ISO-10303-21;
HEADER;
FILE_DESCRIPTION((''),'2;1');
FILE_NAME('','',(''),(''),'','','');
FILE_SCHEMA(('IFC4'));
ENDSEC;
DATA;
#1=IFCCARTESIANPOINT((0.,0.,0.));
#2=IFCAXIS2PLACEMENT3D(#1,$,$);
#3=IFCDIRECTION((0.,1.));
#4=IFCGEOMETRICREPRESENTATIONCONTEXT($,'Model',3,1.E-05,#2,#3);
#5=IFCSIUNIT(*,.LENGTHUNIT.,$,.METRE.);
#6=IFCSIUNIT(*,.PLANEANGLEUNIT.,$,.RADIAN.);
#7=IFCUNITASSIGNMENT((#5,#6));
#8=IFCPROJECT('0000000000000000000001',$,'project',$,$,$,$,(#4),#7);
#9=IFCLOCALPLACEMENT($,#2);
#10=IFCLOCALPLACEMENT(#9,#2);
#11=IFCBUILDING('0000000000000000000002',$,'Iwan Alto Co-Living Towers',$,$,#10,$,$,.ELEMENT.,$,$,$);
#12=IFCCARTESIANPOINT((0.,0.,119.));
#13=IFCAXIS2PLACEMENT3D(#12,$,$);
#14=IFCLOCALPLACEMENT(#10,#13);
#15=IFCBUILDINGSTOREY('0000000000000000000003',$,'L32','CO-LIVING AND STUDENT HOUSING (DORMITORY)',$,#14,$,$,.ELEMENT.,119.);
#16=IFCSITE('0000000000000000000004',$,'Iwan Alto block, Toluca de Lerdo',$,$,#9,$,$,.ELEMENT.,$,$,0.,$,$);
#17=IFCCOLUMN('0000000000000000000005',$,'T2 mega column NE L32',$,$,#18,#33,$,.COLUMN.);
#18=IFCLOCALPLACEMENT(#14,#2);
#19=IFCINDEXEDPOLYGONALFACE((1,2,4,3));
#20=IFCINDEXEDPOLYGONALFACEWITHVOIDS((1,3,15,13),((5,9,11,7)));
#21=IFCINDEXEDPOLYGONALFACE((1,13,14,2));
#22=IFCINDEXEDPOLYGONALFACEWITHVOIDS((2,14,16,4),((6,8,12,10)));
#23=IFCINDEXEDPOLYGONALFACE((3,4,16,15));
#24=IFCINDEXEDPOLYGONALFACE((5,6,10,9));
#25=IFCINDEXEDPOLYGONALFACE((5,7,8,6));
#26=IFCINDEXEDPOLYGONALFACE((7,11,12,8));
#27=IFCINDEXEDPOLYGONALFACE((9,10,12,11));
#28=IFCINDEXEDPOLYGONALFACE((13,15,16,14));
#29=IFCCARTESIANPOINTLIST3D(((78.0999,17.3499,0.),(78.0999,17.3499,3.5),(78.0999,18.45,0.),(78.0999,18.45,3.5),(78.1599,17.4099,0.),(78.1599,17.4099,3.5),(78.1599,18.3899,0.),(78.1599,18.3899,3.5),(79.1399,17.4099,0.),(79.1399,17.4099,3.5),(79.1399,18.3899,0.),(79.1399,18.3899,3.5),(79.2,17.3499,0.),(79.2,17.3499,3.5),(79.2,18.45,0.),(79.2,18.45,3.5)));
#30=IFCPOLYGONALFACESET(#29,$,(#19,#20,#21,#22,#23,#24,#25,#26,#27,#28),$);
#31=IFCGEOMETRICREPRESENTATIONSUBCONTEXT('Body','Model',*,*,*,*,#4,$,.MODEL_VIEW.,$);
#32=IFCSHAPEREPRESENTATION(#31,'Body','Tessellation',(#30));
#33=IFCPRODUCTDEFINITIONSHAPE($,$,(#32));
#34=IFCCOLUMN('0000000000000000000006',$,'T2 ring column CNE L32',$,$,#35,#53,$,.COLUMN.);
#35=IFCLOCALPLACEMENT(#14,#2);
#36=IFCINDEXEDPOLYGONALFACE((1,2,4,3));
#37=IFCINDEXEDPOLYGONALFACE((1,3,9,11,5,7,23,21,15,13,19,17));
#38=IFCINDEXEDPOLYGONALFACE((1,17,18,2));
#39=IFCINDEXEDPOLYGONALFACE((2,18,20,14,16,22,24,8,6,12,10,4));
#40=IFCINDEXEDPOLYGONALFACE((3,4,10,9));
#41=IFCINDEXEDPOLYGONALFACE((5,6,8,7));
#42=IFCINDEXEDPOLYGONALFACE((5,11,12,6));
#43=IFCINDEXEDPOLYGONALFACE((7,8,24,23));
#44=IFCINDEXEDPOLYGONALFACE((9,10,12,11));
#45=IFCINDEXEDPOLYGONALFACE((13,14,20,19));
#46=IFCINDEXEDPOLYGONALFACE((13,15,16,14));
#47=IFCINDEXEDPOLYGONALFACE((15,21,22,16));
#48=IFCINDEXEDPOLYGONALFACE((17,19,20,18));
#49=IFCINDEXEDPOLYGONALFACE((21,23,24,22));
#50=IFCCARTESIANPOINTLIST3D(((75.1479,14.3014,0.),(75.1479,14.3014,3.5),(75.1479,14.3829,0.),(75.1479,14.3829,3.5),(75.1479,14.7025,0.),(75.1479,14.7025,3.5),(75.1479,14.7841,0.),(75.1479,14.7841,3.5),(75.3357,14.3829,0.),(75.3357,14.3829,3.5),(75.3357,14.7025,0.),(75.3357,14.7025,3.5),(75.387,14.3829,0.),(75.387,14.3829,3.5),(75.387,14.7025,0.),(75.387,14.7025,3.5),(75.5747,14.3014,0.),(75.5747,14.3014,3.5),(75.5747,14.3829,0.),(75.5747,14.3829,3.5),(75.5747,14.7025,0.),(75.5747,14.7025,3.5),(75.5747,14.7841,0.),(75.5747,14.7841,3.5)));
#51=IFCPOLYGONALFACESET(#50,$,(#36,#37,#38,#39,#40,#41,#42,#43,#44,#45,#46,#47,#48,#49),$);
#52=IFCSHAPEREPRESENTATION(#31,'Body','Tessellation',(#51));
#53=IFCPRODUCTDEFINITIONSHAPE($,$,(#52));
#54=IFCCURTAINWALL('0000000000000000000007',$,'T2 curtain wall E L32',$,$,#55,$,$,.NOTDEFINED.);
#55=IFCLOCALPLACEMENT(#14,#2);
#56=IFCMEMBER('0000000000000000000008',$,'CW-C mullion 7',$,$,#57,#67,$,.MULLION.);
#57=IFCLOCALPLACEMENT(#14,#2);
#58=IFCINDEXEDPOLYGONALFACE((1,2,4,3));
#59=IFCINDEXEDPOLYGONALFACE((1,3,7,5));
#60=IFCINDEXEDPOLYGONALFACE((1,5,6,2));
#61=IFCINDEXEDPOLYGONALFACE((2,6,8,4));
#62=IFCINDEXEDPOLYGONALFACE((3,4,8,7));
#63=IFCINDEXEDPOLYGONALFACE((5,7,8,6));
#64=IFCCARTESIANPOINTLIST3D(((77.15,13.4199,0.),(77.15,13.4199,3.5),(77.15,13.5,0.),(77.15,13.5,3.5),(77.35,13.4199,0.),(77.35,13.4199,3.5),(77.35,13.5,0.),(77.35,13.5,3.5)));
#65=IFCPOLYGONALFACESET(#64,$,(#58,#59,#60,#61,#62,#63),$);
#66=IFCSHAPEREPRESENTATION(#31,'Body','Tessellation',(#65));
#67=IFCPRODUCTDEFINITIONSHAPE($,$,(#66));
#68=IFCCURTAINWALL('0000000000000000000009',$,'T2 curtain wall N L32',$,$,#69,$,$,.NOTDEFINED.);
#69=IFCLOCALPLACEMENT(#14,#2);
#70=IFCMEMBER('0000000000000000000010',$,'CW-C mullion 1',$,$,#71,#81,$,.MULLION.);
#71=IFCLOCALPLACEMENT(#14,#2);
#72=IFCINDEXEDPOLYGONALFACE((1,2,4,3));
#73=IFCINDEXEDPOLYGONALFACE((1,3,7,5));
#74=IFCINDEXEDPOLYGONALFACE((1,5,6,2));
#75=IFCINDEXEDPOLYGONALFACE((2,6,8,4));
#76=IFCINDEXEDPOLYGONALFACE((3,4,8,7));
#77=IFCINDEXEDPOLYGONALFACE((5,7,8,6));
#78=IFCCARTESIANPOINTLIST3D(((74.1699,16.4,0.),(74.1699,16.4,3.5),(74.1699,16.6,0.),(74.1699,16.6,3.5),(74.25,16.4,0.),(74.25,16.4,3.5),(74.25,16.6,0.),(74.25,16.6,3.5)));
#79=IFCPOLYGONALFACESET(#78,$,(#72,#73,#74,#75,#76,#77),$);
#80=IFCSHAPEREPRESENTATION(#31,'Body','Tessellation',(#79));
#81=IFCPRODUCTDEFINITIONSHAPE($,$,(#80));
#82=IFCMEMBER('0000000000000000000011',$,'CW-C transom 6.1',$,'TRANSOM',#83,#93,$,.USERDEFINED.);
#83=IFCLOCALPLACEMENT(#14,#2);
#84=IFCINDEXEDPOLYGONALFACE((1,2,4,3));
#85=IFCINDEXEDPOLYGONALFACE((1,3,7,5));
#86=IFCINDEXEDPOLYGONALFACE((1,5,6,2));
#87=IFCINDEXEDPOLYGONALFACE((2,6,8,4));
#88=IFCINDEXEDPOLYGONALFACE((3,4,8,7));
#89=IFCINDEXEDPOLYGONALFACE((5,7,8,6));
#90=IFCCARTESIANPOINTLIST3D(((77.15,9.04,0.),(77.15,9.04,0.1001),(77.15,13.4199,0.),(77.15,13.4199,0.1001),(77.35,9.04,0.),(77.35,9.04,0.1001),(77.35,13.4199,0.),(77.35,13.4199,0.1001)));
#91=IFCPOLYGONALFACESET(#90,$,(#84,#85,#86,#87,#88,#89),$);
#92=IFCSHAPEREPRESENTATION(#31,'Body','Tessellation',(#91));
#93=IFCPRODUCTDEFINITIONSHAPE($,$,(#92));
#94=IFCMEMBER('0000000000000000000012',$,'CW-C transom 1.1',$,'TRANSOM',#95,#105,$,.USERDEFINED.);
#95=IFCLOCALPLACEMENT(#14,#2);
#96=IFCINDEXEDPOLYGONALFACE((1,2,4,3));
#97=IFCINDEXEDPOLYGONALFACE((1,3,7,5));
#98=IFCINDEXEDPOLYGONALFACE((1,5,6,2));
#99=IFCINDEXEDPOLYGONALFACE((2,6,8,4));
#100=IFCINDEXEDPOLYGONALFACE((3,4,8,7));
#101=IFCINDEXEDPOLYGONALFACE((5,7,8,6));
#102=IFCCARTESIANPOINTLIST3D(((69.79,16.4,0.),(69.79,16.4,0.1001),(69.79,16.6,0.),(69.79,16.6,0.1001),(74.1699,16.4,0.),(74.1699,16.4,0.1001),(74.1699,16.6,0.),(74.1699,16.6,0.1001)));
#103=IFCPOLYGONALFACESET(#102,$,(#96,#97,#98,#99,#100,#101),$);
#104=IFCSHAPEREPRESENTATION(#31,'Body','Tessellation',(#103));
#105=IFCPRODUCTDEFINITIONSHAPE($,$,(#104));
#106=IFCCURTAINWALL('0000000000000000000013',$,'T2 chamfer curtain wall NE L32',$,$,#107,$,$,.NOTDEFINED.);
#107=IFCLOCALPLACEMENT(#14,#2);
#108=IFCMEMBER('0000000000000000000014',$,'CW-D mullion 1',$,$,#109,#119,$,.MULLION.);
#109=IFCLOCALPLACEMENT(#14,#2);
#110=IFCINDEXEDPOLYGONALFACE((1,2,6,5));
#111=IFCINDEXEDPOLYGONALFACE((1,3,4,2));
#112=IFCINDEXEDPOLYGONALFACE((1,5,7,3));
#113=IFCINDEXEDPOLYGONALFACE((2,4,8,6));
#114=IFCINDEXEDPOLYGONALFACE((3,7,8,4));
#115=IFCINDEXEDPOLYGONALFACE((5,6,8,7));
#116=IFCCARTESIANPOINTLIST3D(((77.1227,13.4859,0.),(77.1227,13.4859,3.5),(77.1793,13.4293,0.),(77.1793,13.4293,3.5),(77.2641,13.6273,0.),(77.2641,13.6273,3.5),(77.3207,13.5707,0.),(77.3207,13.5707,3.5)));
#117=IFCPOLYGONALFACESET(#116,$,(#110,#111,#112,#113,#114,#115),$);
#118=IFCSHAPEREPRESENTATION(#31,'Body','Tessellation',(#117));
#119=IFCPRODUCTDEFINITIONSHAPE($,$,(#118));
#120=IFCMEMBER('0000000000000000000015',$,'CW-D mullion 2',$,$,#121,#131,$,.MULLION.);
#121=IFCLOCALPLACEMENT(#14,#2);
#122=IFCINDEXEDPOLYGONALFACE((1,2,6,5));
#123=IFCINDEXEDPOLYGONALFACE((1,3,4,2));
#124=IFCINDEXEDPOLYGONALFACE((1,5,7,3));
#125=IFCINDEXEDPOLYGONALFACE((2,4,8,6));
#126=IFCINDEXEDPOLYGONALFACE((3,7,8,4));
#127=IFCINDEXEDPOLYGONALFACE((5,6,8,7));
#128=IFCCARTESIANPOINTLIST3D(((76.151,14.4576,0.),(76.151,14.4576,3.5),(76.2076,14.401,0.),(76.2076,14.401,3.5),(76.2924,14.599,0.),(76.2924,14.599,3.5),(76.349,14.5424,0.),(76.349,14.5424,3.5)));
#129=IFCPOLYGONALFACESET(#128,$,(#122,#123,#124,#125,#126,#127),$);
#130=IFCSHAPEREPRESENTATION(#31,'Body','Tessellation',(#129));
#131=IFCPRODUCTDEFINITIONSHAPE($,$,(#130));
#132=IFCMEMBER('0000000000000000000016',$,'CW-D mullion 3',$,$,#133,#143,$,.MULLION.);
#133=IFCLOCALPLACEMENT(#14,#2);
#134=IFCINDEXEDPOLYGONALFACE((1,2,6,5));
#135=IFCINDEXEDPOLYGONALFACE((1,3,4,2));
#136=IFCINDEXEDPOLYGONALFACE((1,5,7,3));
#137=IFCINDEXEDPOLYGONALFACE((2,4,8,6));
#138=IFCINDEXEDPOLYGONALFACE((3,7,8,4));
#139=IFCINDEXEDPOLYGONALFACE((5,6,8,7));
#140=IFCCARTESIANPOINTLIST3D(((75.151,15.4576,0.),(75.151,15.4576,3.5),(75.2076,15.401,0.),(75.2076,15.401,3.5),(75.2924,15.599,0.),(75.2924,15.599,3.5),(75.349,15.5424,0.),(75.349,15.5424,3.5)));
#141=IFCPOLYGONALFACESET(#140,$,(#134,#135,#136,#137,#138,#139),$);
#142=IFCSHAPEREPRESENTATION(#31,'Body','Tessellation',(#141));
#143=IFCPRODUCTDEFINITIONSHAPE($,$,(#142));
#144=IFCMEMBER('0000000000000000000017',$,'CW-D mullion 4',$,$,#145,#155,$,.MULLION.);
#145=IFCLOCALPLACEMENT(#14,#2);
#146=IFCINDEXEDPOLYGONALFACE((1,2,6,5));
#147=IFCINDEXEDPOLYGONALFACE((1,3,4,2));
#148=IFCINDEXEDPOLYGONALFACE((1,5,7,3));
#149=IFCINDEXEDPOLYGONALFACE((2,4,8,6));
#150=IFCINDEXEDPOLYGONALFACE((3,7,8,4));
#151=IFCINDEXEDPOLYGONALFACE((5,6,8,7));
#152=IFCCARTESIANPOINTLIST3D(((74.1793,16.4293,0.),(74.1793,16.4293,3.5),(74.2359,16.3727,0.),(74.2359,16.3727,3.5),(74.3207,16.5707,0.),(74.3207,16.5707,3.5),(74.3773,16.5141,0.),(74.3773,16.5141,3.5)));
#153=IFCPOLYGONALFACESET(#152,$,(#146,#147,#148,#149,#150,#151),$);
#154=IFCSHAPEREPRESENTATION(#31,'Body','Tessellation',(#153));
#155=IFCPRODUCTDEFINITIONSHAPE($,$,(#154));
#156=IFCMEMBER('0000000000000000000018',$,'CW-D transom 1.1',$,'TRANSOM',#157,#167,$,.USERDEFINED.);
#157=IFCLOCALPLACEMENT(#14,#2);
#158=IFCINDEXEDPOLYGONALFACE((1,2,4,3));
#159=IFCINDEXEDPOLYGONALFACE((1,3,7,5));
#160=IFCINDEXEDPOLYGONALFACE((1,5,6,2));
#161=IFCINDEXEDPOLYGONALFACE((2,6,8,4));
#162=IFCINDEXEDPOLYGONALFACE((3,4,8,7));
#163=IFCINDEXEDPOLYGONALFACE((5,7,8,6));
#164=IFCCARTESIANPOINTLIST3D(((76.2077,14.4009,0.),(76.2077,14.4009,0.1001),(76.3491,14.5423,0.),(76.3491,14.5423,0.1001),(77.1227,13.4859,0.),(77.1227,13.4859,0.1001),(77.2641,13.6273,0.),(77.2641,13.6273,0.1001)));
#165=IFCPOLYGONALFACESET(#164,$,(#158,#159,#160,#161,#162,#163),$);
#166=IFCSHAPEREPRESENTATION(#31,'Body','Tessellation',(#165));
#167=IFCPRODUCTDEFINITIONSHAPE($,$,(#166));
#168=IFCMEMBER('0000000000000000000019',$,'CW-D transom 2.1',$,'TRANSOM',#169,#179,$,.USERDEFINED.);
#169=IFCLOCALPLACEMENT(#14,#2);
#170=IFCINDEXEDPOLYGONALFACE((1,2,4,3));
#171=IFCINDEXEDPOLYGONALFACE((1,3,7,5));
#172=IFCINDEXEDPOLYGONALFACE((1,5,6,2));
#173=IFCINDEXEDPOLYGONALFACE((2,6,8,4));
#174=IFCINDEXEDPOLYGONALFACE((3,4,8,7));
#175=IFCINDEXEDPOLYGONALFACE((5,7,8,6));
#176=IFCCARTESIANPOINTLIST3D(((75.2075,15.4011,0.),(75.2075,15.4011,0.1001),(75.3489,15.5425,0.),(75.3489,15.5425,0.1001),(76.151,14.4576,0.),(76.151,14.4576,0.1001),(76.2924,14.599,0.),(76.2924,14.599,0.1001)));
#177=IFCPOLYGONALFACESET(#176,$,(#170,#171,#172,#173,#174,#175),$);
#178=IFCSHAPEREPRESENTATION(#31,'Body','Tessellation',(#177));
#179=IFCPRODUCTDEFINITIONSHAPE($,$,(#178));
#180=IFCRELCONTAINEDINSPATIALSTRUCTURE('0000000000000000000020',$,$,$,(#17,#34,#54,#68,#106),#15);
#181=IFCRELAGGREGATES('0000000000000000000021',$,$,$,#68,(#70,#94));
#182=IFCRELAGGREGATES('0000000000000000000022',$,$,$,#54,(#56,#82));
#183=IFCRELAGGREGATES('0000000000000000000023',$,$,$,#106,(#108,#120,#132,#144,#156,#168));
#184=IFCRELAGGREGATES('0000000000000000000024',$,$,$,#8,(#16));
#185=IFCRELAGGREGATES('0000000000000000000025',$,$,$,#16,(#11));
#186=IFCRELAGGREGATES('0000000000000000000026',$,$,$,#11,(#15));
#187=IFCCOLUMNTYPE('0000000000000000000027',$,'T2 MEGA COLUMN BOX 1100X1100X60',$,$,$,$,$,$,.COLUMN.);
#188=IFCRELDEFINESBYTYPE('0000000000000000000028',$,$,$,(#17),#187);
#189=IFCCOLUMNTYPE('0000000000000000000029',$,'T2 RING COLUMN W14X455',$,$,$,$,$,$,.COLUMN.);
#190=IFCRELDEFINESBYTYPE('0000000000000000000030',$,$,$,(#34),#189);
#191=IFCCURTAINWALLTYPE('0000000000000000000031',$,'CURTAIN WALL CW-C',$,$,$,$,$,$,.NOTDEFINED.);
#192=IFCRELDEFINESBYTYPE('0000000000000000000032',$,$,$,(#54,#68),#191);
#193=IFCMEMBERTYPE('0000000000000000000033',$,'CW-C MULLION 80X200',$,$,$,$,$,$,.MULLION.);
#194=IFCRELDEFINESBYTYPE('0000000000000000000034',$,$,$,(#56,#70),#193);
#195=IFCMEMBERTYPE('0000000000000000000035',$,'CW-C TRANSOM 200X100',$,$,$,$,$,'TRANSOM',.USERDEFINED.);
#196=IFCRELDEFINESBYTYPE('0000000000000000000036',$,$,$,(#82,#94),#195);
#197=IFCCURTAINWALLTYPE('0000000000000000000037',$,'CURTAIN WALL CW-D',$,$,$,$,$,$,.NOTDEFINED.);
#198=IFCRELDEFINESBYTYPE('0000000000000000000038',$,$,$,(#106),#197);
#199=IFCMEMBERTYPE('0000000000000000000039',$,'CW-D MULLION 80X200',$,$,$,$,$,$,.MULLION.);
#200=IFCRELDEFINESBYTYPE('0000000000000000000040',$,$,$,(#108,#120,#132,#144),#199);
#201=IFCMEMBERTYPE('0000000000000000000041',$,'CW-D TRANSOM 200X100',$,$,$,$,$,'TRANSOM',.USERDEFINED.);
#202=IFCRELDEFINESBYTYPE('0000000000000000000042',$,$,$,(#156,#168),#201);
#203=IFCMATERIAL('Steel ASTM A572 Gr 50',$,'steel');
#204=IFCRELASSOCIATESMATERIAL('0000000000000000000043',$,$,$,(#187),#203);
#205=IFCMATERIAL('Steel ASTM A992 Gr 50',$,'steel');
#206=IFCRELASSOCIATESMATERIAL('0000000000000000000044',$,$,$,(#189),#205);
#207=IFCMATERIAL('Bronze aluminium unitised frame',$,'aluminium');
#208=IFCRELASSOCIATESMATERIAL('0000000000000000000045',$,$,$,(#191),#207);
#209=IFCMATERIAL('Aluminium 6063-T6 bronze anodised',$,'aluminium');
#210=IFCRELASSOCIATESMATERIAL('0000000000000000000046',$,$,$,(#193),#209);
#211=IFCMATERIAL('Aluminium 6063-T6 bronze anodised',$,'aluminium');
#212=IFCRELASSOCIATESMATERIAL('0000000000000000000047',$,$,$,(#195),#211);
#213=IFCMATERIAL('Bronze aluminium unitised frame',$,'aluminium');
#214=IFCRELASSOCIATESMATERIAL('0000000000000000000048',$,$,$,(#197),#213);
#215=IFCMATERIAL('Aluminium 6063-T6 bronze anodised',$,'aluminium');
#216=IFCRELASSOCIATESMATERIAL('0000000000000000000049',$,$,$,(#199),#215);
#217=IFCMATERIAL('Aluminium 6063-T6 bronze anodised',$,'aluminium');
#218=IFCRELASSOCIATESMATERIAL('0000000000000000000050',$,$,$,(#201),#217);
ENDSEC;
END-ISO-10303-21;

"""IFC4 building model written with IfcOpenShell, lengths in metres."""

from ifc_helpers import new_model, si_unit, direction, frame, origin, origin_2d, place, context, subcontext, project, spatial, rectangle, hollow_rectangle, i_section, extrude, material, material_profile, profile_set, type_object, element, aggregate, save


model = new_model("IFC4")

# Units and contexts
model_context = context("Model", 3, precision=1e-05, world=origin(), true_north=direction((0.0, 1.0)))
body_context = subcontext(model_context, "Body", "Model", "MODEL_VIEW")
ifc_project = project(units=[si_unit("LENGTHUNIT", "METRE"), si_unit("PLANEANGLEUNIT", "RADIAN")], contexts=[model_context])

# Site, building, storey
site_placement = place(None, origin())
site = spatial("IfcSite", under=ifc_project, at=site_placement, Name="Iwan Alto block, Toluca de Lerdo", CompositionType="ELEMENT", RefElevation=0.0)
building_placement = place(site_placement, origin())
building = spatial("IfcBuilding", under=site, at=building_placement, Name="Iwan Alto Co-Living Towers", CompositionType="ELEMENT")
storey_placement = place(building_placement, frame((0.0, 0.0, 119.0)))
storey = spatial("IfcBuildingStorey", under=building, at=storey_placement, Name="L32", Description="CO-LIVING AND STUDENT HOUSING (DORMITORY)", CompositionType="ELEMENT", Elevation=119.0)

# Columns
ifc_material_1 = material(Name="Steel ASTM A572 Gr 50", Category="steel")
ifc_material_profile_1 = material_profile(ifc_material_1, hollow_rectangle(XDim=1.1001, YDim=1.1001, WallThickness=0.0601, at=origin_2d()), Name="BOX 1100X1100X60")
ifc_profile_set_1 = profile_set([ifc_material_profile_1], Name="Steel ASTM A572 Gr 50")
column_type_1 = type_object("IfcColumnType", Name="T2 MEGA COLUMN BOX 1100X1100X60", PredefinedType="COLUMN", material=ifc_profile_set_1)
column_1_placement = place(storey_placement, frame((78.6499, 17.8999, 0.0), z_axis=(0.0, 0.0, 1.0), x_axis=(1.0, 0.0, 0.0)))
element("IfcColumn", 1, at=column_1_placement, inside=storey, type_object=column_type_1, Name="T2 mega column NE L32", PredefinedType="COLUMN", context=body_context, shape_type="SweptSolid", body=[
    extrude(hollow_rectangle(XDim=1.1001, YDim=1.1001, WallThickness=0.0601, at=origin_2d()), origin(), (0.0, 0.0, 1.0), 3.5),
])
ifc_material_2 = material(Name="Steel ASTM A992 Gr 50", Category="steel")
ifc_material_profile_2 = material_profile(ifc_material_2, i_section(OverallWidth=0.4268, OverallDepth=0.4827, WebThickness=0.0513, FlangeThickness=0.0815, at=origin_2d()), Name="W14X455")
ifc_profile_set_2 = profile_set([ifc_material_profile_2], Name="Steel ASTM A992 Gr 50")
column_type_2 = type_object("IfcColumnType", Name="T2 RING COLUMN W14X455", PredefinedType="COLUMN", material=ifc_profile_set_2)
column_2_placement = place(storey_placement, frame((75.3613, 14.5427, 0.0), z_axis=(0.0, 0.0, 1.0), x_axis=(1.0, 0.0, 0.0)))
element("IfcColumn", 2, at=column_2_placement, inside=storey, type_object=column_type_2, Name="T2 ring column CNE L32", PredefinedType="COLUMN", context=body_context, shape_type="SweptSolid", body=[
    extrude(i_section(OverallWidth=0.4268, OverallDepth=0.4827, WebThickness=0.0513, FlangeThickness=0.0815, at=origin_2d()), origin(), (0.0, 0.0, 1.0), 3.5),
])

# Curtain walls, members
ifc_material_3 = material(Name="Bronze aluminium unitised frame", Category="aluminium")
curtain_wall_type_1 = type_object("IfcCurtainWallType", Name="CURTAIN WALL CW-C", PredefinedType="NOTDEFINED", material=ifc_material_3)
curtain_wall_1_placement = place(storey_placement, origin())
curtain_wall_1 = element("IfcCurtainWall", 3, at=curtain_wall_1_placement, inside=storey, type_object=curtain_wall_type_1, Name="T2 curtain wall E L32", PredefinedType="NOTDEFINED")
ifc_material_4 = material(Name="Aluminium 6063-T6 bronze anodised", Category="aluminium")
ifc_material_profile_3 = material_profile(ifc_material_4, rectangle(XDim=0.2, YDim=0.0801, at=origin_2d()), Name="AL 80X200")
ifc_profile_set_3 = profile_set([ifc_material_profile_3], Name="Aluminium 6063-T6 bronze anodised")
member_type_1 = type_object("IfcMemberType", Name="CW-C MULLION 80X200", PredefinedType="MULLION", material=ifc_profile_set_3)
member_1_placement = place(storey_placement, frame((77.25, 13.46, 0.0), z_axis=(0.0, 0.0, 1.0), x_axis=(-1.0, 0.0, 0.0)))
member_1 = element("IfcMember", 4, at=member_1_placement, type_object=member_type_1, Name="CW-C mullion 7", PredefinedType="MULLION", context=body_context, shape_type="SweptSolid", body=[
    extrude(rectangle(XDim=0.2, YDim=0.0801, at=origin_2d()), origin(), (0.0, 0.0, 1.0), 3.5),
])
curtain_wall_2_placement = place(storey_placement, origin())
curtain_wall_2 = element("IfcCurtainWall", 5, at=curtain_wall_2_placement, inside=storey, type_object=curtain_wall_type_1, Name="T2 curtain wall N L32", PredefinedType="NOTDEFINED")
member_2_placement = place(storey_placement, frame((74.21, 16.5, 0.0), z_axis=(0.0, 0.0, 1.0), x_axis=(0.0, -1.0, 0.0)))
member_2 = element("IfcMember", 6, at=member_2_placement, type_object=member_type_1, Name="CW-C mullion 1", PredefinedType="MULLION", context=body_context, shape_type="SweptSolid", body=[
    extrude(rectangle(XDim=0.2, YDim=0.0801, at=origin_2d()), origin(), (0.0, 0.0, 1.0), 3.5),
])

# Members
ifc_material_5 = material(Name="Aluminium 6063-T6 bronze anodised", Category="aluminium")
ifc_material_profile_4 = material_profile(ifc_material_5, rectangle(XDim=0.2, YDim=0.1001, at=origin_2d()), Name="AL 200X100")
ifc_profile_set_4 = profile_set([ifc_material_profile_4], Name="Aluminium 6063-T6 bronze anodised")
member_type_2 = type_object("IfcMemberType", Name="CW-C TRANSOM 200X100", ElementType="TRANSOM", PredefinedType="USERDEFINED", material=ifc_profile_set_4)
member_3_placement = place(storey_placement, frame((77.25, 9.04, 0.05), z_axis=(0.0, 1.0, 0.0), x_axis=(-1.0, 0.0, 0.0)))
member_3 = element("IfcMember", 7, at=member_3_placement, type_object=member_type_2, Name="CW-C transom 6.1", ObjectType="TRANSOM", PredefinedType="USERDEFINED", context=body_context, shape_type="SweptSolid", body=[
    extrude(rectangle(XDim=0.2, YDim=0.1001, at=origin_2d()), origin(), (0.0, 0.0, 1.0), 4.3799),
])
member_4_placement = place(storey_placement, frame((74.1699, 16.5, 0.05), z_axis=(-1.0, 0.0, 0.0), x_axis=(0.0, -1.0, 0.0)))
member_4 = element("IfcMember", 8, at=member_4_placement, type_object=member_type_2, Name="CW-C transom 1.1", ObjectType="TRANSOM", PredefinedType="USERDEFINED", context=body_context, shape_type="SweptSolid", body=[
    extrude(rectangle(XDim=0.2, YDim=0.1001, at=origin_2d()), origin(), (0.0, 0.0, 1.0), 4.3799),
])
aggregate(curtain_wall_2, [member_2, member_4])

# Curtain wall, members
ifc_material_6 = material(Name="Bronze aluminium unitised frame", Category="aluminium")
curtain_wall_type_2 = type_object("IfcCurtainWallType", Name="CURTAIN WALL CW-D", PredefinedType="NOTDEFINED", material=ifc_material_6)
curtain_wall_3_placement = place(storey_placement, origin())
curtain_wall_3 = element("IfcCurtainWall", 9, at=curtain_wall_3_placement, inside=storey, type_object=curtain_wall_type_2, Name="T2 chamfer curtain wall NE L32", PredefinedType="NOTDEFINED")
ifc_material_7 = material(Name="Aluminium 6063-T6 bronze anodised", Category="aluminium")
ifc_material_profile_5 = material_profile(ifc_material_7, rectangle(XDim=0.2, YDim=0.0801, at=origin_2d()), Name="AL 80X200")
ifc_profile_set_5 = profile_set([ifc_material_profile_5], Name="Aluminium 6063-T6 bronze anodised")
member_type_3 = type_object("IfcMemberType", Name="CW-D MULLION 80X200", PredefinedType="MULLION", material=ifc_profile_set_5)
member_5_placement = place(storey_placement, frame((77.2217, 13.5283, 0.0), z_axis=(0.0, 0.0, 1.0), x_axis=(-0.707107, -0.707107, 0.0)))
member_5 = element("IfcMember", 10, at=member_5_placement, type_object=member_type_3, Name="CW-D mullion 1", PredefinedType="MULLION", context=body_context, shape_type="SweptSolid", body=[
    extrude(rectangle(XDim=0.2, YDim=0.0801, at=origin_2d()), origin(), (0.0, 0.0, 1.0), 3.5),
])
member_6_placement = place(storey_placement, frame((76.25, 14.5, 0.0), z_axis=(0.0, 0.0, 1.0), x_axis=(-0.707107, -0.707107, 0.0)))
member_6 = element("IfcMember", 11, at=member_6_placement, type_object=member_type_3, Name="CW-D mullion 2", PredefinedType="MULLION", context=body_context, shape_type="SweptSolid", body=[
    extrude(rectangle(XDim=0.2, YDim=0.0801, at=origin_2d()), origin(), (0.0, 0.0, 1.0), 3.5),
])
member_7_placement = place(storey_placement, frame((75.25, 15.5, 0.0), z_axis=(0.0, 0.0, 1.0), x_axis=(-0.707107, -0.707107, 0.0)))
member_7 = element("IfcMember", 12, at=member_7_placement, type_object=member_type_3, Name="CW-D mullion 3", PredefinedType="MULLION", context=body_context, shape_type="SweptSolid", body=[
    extrude(rectangle(XDim=0.2, YDim=0.0801, at=origin_2d()), origin(), (0.0, 0.0, 1.0), 3.5),
])
member_8_placement = place(storey_placement, frame((74.2783, 16.4717, 0.0), z_axis=(0.0, 0.0, 1.0), x_axis=(-0.707107, -0.707107, 0.0)))
member_8 = element("IfcMember", 13, at=member_8_placement, type_object=member_type_3, Name="CW-D mullion 4", PredefinedType="MULLION", context=body_context, shape_type="SweptSolid", body=[
    extrude(rectangle(XDim=0.2, YDim=0.0801, at=origin_2d()), origin(), (0.0, 0.0, 1.0), 3.5),
])
ifc_material_8 = material(Name="Aluminium 6063-T6 bronze anodised", Category="aluminium")
ifc_material_profile_6 = material_profile(ifc_material_8, rectangle(XDim=0.2, YDim=0.1001, at=origin_2d()), Name="AL 200X100")
ifc_profile_set_6 = profile_set([ifc_material_profile_6], Name="Aluminium 6063-T6 bronze anodised")
member_type_4 = type_object("IfcMemberType", Name="CW-D TRANSOM 200X100", ElementType="TRANSOM", PredefinedType="USERDEFINED", material=ifc_profile_set_6)
member_9_placement = place(storey_placement, frame((77.1934, 13.5566, 0.05), z_axis=(-0.707107, 0.707107, 0.0), x_axis=(-0.707107, -0.707107, 0.0)))
member_9 = element("IfcMember", 14, at=member_9_placement, type_object=member_type_4, Name="CW-D transom 1.1", ObjectType="TRANSOM", PredefinedType="USERDEFINED", context=body_context, shape_type="SweptSolid", body=[
    extrude(rectangle(XDim=0.2, YDim=0.1001, at=origin_2d()), origin(), (0.0, 0.0, 1.0), 1.2939),
])
member_10_placement = place(storey_placement, frame((76.2217, 14.5283, 0.05), z_axis=(-0.707107, 0.707107, 0.0), x_axis=(-0.707107, -0.707107, 0.0)))
member_10 = element("IfcMember", 15, at=member_10_placement, type_object=member_type_4, Name="CW-D transom 2.1", ObjectType="TRANSOM", PredefinedType="USERDEFINED", context=body_context, shape_type="SweptSolid", body=[
    extrude(rectangle(XDim=0.2, YDim=0.1001, at=origin_2d()), origin(), (0.0, 0.0, 1.0), 1.3342),
])

aggregate(curtain_wall_1, [member_1, member_3])
aggregate(curtain_wall_3, [member_5, member_6, member_7, member_8, member_9, member_10])

save(model, "model.ifc")
